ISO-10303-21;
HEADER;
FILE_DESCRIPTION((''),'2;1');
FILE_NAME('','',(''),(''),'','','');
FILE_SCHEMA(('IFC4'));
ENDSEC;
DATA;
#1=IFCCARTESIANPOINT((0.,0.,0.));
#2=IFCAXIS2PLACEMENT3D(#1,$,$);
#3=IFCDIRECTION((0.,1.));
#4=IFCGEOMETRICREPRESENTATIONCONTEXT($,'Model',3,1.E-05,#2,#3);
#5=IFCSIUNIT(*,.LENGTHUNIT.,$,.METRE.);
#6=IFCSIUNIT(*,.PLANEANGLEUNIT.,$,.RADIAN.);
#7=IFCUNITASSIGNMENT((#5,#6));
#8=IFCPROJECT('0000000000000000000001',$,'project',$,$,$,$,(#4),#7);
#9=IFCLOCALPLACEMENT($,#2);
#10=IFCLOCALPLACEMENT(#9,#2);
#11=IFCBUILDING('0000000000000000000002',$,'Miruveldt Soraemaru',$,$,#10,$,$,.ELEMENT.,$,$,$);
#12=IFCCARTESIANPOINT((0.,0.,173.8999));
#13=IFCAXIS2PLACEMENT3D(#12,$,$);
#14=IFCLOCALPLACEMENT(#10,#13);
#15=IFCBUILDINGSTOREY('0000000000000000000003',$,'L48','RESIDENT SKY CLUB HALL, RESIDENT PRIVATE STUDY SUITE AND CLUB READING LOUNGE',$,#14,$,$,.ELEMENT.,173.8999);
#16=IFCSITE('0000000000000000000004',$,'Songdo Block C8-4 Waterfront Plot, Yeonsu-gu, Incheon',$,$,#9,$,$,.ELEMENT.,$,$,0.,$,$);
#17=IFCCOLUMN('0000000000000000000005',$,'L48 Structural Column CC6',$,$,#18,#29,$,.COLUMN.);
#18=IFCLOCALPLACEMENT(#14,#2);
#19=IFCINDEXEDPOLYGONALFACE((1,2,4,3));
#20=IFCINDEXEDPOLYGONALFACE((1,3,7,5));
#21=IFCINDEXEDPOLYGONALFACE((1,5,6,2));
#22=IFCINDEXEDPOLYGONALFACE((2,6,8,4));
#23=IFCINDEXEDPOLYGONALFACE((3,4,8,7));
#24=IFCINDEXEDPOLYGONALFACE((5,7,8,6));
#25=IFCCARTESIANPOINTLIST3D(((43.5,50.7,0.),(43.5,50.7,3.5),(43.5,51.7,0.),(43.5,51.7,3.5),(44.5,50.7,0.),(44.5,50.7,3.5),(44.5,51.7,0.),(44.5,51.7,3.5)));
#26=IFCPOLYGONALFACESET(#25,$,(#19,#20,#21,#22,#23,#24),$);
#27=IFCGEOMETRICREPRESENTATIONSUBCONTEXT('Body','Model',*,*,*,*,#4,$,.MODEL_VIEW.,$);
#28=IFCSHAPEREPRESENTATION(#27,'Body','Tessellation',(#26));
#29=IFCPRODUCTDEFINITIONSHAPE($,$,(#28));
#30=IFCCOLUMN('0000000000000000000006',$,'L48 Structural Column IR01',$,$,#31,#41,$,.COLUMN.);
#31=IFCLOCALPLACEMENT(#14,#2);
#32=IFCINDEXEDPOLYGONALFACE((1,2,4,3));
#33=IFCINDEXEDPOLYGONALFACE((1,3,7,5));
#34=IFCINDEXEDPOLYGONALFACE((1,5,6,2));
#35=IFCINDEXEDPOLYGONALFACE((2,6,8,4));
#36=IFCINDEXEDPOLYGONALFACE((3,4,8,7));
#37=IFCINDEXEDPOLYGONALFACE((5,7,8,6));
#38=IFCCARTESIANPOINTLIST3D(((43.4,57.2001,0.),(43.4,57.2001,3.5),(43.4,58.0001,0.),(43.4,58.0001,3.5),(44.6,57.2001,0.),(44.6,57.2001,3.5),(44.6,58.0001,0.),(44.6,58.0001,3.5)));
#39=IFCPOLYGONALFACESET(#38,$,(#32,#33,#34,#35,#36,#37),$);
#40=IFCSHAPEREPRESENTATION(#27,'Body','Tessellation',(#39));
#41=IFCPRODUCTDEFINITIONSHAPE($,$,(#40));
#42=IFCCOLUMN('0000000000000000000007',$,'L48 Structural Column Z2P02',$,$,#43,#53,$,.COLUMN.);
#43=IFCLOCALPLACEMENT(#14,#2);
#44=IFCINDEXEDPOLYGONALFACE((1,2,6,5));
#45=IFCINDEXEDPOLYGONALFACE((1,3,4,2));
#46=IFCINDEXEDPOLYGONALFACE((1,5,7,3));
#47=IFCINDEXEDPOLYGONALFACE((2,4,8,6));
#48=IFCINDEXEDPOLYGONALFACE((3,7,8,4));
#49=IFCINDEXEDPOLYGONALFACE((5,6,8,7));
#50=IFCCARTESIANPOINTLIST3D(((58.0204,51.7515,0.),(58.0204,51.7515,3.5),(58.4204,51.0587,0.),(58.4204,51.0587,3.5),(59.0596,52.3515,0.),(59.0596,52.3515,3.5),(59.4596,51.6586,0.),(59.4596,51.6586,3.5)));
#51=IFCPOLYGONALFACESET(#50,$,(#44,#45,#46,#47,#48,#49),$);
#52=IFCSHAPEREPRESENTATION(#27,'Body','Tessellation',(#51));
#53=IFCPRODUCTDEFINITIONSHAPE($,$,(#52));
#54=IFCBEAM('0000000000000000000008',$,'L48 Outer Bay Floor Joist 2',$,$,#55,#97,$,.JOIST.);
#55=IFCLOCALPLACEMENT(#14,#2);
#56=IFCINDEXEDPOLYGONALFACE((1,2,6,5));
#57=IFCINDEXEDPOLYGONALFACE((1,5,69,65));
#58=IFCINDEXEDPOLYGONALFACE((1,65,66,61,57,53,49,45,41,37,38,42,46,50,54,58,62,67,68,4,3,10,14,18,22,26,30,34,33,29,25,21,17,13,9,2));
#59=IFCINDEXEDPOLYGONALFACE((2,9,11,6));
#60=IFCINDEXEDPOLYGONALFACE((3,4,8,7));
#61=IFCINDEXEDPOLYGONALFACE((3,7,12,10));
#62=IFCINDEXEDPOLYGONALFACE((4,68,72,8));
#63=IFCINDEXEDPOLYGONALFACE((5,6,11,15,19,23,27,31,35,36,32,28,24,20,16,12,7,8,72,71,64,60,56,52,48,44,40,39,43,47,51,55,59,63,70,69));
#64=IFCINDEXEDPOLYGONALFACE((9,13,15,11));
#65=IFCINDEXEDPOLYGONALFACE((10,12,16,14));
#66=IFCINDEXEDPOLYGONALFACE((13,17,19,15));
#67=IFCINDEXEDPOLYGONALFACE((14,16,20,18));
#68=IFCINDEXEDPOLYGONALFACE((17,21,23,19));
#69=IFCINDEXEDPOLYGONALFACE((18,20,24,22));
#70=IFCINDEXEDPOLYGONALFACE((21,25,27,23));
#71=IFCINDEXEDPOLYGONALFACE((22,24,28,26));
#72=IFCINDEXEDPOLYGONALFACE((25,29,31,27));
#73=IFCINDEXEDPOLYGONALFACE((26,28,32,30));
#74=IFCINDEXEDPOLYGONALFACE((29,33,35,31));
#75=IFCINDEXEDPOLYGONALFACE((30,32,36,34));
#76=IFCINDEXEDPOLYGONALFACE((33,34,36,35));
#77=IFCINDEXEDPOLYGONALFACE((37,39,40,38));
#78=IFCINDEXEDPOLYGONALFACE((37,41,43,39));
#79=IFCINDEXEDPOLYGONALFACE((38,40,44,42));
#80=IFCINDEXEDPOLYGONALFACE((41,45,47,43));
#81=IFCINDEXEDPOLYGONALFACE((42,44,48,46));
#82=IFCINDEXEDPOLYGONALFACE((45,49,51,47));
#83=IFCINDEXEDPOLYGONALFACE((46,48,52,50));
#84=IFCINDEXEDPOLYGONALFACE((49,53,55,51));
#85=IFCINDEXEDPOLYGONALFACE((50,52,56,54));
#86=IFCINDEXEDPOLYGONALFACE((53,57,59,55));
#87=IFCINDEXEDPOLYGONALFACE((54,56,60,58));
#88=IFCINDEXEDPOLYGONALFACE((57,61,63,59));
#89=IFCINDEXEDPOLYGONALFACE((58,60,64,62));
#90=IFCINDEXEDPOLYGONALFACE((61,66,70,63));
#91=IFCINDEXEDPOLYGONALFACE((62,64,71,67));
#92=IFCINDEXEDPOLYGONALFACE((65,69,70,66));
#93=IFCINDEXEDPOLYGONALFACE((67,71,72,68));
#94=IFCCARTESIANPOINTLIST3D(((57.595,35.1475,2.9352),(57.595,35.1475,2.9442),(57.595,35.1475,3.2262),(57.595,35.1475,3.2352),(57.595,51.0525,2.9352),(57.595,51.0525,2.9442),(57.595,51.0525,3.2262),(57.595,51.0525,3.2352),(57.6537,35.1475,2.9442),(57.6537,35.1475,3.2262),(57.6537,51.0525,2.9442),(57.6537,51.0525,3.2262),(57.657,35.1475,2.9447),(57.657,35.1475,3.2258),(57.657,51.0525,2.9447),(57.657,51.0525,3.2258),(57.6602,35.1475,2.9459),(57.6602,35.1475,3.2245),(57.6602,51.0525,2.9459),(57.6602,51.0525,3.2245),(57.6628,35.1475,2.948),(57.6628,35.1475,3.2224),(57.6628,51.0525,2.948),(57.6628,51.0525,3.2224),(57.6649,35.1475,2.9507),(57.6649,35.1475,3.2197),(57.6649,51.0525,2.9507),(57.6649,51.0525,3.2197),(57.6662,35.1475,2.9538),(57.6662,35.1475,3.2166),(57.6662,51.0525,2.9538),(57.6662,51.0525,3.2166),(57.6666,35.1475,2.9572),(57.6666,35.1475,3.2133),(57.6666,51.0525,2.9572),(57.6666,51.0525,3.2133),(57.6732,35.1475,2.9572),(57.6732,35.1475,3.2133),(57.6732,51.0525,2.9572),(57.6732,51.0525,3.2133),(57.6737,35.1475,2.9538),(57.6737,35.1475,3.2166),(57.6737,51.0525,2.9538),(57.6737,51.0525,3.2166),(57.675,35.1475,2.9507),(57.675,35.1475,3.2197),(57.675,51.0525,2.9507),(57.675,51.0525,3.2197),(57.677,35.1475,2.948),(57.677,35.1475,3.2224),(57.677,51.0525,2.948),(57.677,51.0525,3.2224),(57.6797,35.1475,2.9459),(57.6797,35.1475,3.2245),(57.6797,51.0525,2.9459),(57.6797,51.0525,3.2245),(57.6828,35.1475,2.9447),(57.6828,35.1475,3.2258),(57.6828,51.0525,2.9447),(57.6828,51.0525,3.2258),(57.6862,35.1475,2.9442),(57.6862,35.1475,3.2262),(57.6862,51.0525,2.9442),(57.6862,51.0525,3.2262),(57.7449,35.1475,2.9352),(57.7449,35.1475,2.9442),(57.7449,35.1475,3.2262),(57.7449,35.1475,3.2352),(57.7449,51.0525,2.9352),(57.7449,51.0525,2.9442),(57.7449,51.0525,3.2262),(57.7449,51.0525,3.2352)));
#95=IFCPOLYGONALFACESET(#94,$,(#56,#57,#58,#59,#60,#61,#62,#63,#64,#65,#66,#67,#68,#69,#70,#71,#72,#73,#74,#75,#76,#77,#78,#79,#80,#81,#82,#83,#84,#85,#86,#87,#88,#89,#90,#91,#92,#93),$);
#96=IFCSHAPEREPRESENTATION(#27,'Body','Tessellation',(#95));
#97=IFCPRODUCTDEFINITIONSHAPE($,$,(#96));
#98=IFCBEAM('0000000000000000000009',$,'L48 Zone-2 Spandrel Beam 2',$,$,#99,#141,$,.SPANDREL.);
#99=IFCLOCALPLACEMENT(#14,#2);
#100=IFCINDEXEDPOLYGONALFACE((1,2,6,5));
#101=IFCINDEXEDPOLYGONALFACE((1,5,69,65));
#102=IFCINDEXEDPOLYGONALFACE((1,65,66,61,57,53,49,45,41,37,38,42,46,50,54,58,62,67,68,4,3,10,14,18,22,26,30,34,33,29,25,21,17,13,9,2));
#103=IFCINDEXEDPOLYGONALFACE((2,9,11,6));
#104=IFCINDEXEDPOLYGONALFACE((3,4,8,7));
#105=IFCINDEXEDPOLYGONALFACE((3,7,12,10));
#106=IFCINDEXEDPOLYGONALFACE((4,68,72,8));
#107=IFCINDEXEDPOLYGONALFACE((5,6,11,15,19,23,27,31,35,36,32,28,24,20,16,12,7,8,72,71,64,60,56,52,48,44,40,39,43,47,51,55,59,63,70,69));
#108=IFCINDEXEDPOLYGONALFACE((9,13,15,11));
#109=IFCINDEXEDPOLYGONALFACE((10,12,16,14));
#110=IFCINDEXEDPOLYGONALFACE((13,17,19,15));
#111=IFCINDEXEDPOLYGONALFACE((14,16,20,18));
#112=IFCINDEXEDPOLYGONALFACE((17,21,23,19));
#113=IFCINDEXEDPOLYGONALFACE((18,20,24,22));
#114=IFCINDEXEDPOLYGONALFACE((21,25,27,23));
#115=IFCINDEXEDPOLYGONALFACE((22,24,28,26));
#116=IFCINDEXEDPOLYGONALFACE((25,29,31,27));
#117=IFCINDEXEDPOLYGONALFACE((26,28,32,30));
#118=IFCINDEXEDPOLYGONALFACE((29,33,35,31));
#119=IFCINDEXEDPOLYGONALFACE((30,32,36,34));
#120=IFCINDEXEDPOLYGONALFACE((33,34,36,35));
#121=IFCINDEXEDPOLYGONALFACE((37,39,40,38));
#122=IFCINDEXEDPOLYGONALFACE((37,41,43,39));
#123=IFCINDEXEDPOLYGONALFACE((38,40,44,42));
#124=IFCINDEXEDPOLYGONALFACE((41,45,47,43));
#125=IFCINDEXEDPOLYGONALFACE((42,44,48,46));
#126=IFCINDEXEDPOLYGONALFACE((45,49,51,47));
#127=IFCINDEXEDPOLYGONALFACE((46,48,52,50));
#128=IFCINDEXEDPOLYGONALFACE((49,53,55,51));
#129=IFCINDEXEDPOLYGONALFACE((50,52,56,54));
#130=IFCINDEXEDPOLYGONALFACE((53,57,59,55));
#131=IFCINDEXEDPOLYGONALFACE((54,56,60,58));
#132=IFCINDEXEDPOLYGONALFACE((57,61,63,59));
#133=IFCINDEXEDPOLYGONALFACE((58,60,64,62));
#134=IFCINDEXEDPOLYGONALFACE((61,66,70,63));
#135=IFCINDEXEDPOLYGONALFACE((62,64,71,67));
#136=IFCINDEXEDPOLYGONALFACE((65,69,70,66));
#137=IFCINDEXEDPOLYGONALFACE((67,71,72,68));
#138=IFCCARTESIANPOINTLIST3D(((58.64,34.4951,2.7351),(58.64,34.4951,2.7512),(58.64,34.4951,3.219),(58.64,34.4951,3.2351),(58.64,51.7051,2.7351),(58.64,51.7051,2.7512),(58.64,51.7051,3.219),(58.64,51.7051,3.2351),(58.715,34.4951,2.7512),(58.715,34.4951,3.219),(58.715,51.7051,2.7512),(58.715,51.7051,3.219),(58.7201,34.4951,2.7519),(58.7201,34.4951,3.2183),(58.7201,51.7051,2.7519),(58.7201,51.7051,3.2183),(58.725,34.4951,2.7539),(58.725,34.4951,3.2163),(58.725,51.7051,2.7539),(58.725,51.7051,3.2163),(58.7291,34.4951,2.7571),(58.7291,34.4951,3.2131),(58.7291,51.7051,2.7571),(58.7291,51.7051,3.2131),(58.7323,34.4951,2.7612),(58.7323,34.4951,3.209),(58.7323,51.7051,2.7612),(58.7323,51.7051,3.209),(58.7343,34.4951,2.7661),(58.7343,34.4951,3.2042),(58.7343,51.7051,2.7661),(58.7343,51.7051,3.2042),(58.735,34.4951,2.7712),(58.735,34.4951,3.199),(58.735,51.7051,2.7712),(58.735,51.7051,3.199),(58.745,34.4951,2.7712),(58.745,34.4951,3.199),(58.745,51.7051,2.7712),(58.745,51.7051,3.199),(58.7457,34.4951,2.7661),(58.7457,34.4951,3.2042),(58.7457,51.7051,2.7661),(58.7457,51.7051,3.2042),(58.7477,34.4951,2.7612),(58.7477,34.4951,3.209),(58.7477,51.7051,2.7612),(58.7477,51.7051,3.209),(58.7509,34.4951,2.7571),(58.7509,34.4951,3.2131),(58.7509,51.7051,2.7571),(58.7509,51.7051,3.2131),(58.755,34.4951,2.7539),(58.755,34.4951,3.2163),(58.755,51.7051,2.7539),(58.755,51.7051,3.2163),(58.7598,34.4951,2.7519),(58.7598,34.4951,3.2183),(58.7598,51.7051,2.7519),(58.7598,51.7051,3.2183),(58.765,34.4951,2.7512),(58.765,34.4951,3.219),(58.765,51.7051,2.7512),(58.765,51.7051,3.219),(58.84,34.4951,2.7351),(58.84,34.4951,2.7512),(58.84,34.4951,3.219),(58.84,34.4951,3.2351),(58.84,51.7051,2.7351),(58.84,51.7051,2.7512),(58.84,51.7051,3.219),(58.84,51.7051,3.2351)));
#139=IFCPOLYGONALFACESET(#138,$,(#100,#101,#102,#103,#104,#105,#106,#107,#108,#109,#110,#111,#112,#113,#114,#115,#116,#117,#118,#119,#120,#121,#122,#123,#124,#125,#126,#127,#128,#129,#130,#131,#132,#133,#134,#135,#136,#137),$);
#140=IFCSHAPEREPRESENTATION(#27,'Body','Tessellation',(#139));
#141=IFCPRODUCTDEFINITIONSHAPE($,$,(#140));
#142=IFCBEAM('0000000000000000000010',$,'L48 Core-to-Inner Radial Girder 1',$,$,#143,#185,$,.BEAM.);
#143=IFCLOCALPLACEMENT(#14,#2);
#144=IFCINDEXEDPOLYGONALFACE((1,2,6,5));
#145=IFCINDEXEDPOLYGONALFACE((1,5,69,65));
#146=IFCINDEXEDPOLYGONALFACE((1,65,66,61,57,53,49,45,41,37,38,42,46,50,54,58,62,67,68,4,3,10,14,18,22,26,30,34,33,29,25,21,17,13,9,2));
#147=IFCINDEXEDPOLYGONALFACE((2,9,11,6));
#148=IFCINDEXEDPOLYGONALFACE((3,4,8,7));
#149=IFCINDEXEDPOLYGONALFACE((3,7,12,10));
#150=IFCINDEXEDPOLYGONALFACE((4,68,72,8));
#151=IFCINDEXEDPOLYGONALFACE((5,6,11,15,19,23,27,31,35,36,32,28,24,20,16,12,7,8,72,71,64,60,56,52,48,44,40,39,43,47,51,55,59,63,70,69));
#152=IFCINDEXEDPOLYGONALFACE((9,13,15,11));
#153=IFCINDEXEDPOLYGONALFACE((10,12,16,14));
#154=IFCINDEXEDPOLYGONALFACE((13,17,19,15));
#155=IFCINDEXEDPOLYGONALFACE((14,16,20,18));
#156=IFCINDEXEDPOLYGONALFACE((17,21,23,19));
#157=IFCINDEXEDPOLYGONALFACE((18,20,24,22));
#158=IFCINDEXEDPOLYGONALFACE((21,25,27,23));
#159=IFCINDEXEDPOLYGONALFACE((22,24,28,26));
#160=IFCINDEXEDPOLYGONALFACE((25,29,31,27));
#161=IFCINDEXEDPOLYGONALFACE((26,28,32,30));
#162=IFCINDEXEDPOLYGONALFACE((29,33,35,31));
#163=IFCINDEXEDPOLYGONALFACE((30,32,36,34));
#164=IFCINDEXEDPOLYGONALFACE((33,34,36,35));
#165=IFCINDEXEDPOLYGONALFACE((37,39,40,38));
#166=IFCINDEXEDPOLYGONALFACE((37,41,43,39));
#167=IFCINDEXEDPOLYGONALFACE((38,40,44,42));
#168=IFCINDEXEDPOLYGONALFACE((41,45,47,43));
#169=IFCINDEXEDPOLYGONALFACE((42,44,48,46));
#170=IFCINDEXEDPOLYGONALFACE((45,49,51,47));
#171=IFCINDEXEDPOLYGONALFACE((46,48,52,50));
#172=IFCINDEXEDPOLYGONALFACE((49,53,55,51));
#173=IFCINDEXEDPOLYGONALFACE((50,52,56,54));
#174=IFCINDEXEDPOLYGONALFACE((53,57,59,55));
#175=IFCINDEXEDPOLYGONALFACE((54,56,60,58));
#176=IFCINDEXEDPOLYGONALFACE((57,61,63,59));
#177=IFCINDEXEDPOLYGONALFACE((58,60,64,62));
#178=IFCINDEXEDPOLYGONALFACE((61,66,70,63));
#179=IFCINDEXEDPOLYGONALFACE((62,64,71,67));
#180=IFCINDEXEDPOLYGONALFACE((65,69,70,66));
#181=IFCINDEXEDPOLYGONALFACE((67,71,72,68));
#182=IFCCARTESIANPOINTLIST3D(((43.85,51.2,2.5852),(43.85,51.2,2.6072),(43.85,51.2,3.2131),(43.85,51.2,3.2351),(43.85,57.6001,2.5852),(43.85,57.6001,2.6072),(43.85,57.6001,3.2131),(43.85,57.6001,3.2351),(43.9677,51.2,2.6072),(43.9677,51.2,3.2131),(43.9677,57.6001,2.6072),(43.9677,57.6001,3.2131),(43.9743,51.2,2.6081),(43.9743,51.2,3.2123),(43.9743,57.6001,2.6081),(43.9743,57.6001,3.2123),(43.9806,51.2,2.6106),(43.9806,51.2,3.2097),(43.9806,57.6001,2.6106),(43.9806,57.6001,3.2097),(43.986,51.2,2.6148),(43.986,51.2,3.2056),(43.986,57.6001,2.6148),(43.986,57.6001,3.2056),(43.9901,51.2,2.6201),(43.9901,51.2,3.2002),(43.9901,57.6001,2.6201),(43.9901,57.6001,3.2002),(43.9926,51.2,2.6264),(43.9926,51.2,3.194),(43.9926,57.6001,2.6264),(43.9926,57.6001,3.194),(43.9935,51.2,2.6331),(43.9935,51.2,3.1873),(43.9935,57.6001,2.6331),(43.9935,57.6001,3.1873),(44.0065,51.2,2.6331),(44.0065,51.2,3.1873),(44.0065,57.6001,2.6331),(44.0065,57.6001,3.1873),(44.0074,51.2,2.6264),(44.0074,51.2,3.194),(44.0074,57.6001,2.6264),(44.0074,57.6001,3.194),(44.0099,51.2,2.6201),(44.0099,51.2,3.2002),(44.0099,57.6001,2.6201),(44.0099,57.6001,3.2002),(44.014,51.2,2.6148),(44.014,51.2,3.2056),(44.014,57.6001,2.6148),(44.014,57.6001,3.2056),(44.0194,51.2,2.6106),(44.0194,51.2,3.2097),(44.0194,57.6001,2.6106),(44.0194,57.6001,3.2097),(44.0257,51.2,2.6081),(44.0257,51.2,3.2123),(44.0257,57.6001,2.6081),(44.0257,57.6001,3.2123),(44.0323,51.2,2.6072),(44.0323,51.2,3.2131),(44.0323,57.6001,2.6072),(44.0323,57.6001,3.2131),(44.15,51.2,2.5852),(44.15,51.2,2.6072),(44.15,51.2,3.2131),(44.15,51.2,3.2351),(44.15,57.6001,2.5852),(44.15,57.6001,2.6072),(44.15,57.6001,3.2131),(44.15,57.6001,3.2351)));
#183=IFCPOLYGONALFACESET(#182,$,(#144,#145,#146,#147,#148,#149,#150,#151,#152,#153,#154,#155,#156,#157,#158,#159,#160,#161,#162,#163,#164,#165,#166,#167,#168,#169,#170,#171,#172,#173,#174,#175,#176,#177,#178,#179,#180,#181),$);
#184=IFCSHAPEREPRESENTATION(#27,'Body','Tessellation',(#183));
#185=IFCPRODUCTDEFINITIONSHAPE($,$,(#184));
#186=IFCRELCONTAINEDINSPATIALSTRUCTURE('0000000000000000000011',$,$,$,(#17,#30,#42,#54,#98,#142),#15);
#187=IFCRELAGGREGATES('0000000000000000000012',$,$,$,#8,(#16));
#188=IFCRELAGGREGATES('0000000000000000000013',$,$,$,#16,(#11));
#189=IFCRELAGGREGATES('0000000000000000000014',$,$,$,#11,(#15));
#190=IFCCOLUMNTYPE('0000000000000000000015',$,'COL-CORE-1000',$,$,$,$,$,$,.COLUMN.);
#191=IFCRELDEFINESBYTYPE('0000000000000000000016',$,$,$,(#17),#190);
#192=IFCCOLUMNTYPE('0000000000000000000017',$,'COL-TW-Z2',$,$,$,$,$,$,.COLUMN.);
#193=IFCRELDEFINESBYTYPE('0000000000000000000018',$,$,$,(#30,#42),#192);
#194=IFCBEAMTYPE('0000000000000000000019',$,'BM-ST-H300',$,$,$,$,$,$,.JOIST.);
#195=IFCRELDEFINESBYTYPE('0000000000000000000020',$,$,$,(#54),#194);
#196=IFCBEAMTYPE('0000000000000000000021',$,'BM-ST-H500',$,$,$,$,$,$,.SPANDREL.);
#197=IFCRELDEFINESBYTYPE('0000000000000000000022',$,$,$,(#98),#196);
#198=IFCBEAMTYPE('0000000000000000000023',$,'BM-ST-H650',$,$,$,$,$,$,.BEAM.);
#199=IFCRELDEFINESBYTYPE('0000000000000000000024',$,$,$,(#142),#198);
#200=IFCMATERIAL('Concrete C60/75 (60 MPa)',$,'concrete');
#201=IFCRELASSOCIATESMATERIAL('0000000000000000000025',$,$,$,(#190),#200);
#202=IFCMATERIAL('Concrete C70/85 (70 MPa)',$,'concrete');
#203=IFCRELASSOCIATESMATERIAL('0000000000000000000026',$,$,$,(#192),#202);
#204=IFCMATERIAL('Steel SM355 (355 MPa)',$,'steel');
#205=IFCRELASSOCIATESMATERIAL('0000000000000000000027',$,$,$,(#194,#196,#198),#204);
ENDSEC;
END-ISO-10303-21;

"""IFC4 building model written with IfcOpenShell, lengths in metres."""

from ifc_helpers import new_model, si_unit, direction, frame, origin, origin_2d, place, context, subcontext, project, spatial, rectangle, i_section, extrude, material, material_profile, profile_set, type_object, element, save


model = new_model("IFC4")

# Units and contexts
model_context = context("Model", 3, precision=1e-05, world=origin(), true_north=direction((0.0, 1.0)))
body_context = subcontext(model_context, "Body", "Model", "MODEL_VIEW")
ifc_project = project(units=[si_unit("LENGTHUNIT", "METRE"), si_unit("PLANEANGLEUNIT", "RADIAN")], contexts=[model_context])

# Site, building, storey
site_placement = place(None, origin())
site = spatial("IfcSite", under=ifc_project, at=site_placement, Name="Songdo Block C8-4 Waterfront Plot, Yeonsu-gu, Incheon", CompositionType="ELEMENT", RefElevation=0.0)
building_placement = place(site_placement, origin())
building = spatial("IfcBuilding", under=site, at=building_placement, Name="Miruveldt Soraemaru", CompositionType="ELEMENT")
storey_placement = place(building_placement, frame((0.0, 0.0, 173.8999)))
storey = spatial("IfcBuildingStorey", under=building, at=storey_placement, Name="L48", Description="RESIDENT SKY CLUB HALL, RESIDENT PRIVATE STUDY SUITE AND CLUB READING LOUNGE", CompositionType="ELEMENT", Elevation=173.8999)

# Columns
ifc_material_1 = material(Name="Concrete C60/75 (60 MPa)", Category="concrete")
ifc_material_profile_1 = material_profile(ifc_material_1, rectangle(XDim=1.0, YDim=1.0, at=origin_2d()), Name="Concrete C60/75 (60 MPa)", Category="concrete")
ifc_profile_set_1 = profile_set([ifc_material_profile_1], Name="Concrete C60/75 (60 MPa)")
column_type_1 = type_object("IfcColumnType", Name="COL-CORE-1000", PredefinedType="COLUMN", material=ifc_profile_set_1)
column_placement = place(storey_placement, frame((44.0, 51.2, 0.0), z_axis=(0.0, 0.0, 1.0), x_axis=(1.0, 0.0, 0.0)))
element("IfcColumn", 1, at=column_placement, inside=storey, type_object=column_type_1, Name="L48 Structural Column CC6", PredefinedType="COLUMN", context=body_context, shape_type="SweptSolid", body=[
    extrude(rectangle(XDim=1.0, YDim=1.0, at=origin_2d()), origin(), (0.0, 0.0, 1.0), 3.5),
])
ifc_material_2 = material(Name="Concrete C70/85 (70 MPa)", Category="concrete")
ifc_material_profile_2 = material_profile(ifc_material_2, rectangle(XDim=1.2, YDim=0.8, at=origin_2d()), Name="Concrete C70/85 (70 MPa)", Category="concrete")
ifc_profile_set_2 = profile_set([ifc_material_profile_2], Name="Concrete C70/85 (70 MPa)")
column_type_2 = type_object("IfcColumnType", Name="COL-TW-Z2", PredefinedType="COLUMN", material=ifc_profile_set_2)
for number, where, z_axis, x_axis, name in (
    (2, (44.0, 57.6001, 0.0), (0.0, 0.0, 1.0), (1.0, 0.0, 0.0), "L48 Structural Column IR01"),
    (3, (58.74, 51.7051, 0.0), (0.0, 0.0, 1.0), (0.866025, 0.5, 0.0), "L48 Structural Column Z2P02"),
):
    element("IfcColumn", number, at=place(storey_placement, frame(where, z_axis=z_axis, x_axis=x_axis)), inside=storey, type_object=column_type_2, Name=name, PredefinedType="COLUMN", context=body_context, shape_type="SweptSolid", body=[
        extrude(rectangle(XDim=1.2, YDim=0.8, at=origin_2d()), origin(), (0.0, 0.0, 1.0), 3.5),
    ])

# Beams
ifc_material_3 = material(Name="Steel SM355 (355 MPa)", Category="steel")
ifc_material_profile_3 = material_profile(ifc_material_3, i_section(OverallWidth=0.1499, OverallDepth=0.3, WebThickness=0.0066, FlangeThickness=0.009, FilletRadius=0.0129, at=origin_2d()), Name="Steel SM355 (355 MPa)", Category="steel")
ifc_profile_set_3 = profile_set([ifc_material_profile_3], Name="Steel SM355 (355 MPa)")
beam_type_1 = type_object("IfcBeamType", Name="BM-ST-H300", PredefinedType="JOIST", material=ifc_profile_set_3)
beam_1_placement = place(storey_placement, frame((57.6699, 51.0525, 3.0852), z_axis=(0.0, -1.0, 0.0), x_axis=(1.0, 0.0, 0.0)))
element("IfcBeam", 4, at=beam_1_placement, inside=storey, type_object=beam_type_1, Name="L48 Outer Bay Floor Joist 2", PredefinedType="JOIST", context=body_context, shape_type="SweptSolid", body=[
    extrude(i_section(OverallWidth=0.1499, OverallDepth=0.3, WebThickness=0.0066, FlangeThickness=0.009, FilletRadius=0.0129, at=origin_2d()), origin(), (0.0, 0.0, 1.0), 15.905),
])
ifc_material_profile_4 = material_profile(ifc_material_3, i_section(OverallWidth=0.2, OverallDepth=0.5, WebThickness=0.01, FlangeThickness=0.0161, FilletRadius=0.02, at=origin_2d()), Name="Steel SM355 (355 MPa)", Category="steel")
ifc_profile_set_4 = profile_set([ifc_material_profile_4], Name="Steel SM355 (355 MPa)")
beam_type_2 = type_object("IfcBeamType", Name="BM-ST-H500", PredefinedType="SPANDREL", material=ifc_profile_set_4)
beam_2_placement = place(storey_placement, frame((58.74, 51.7051, 2.9851), z_axis=(0.0, -1.0, 0.0), x_axis=(1.0, 0.0, 0.0)))
element("IfcBeam", 5, at=beam_2_placement, inside=storey, type_object=beam_type_2, Name="L48 Zone-2 Spandrel Beam 2", PredefinedType="SPANDREL", context=body_context, shape_type="SweptSolid", body=[
    extrude(i_section(OverallWidth=0.2, OverallDepth=0.5, WebThickness=0.01, FlangeThickness=0.0161, FilletRadius=0.02, at=origin_2d()), origin(), (0.0, 0.0, 1.0), 17.21),
])
ifc_material_profile_5 = material_profile(ifc_material_3, i_section(OverallWidth=0.3, OverallDepth=0.6499, WebThickness=0.0129, FlangeThickness=0.022, FilletRadius=0.0259, at=origin_2d()), Name="Steel SM355 (355 MPa)", Category="steel")
ifc_profile_set_5 = profile_set([ifc_material_profile_5], Name="Steel SM355 (355 MPa)")
beam_type_3 = type_object("IfcBeamType", Name="BM-ST-H650", PredefinedType="BEAM", material=ifc_profile_set_5)
beam_3_placement = place(storey_placement, frame((44.0, 51.2, 2.9102), z_axis=(0.0, 1.0, 0.0), x_axis=(-1.0, 0.0, 0.0)))
element("IfcBeam", 6, at=beam_3_placement, inside=storey, type_object=beam_type_3, Name="L48 Core-to-Inner Radial Girder 1", PredefinedType="BEAM", context=body_context, shape_type="SweptSolid", body=[
    extrude(i_section(OverallWidth=0.3, OverallDepth=0.6499, WebThickness=0.0129, FlangeThickness=0.022, FilletRadius=0.0259, at=origin_2d()), origin(), (0.0, 0.0, 1.0), 6.4001),
])

save(model, "model.ifc")
